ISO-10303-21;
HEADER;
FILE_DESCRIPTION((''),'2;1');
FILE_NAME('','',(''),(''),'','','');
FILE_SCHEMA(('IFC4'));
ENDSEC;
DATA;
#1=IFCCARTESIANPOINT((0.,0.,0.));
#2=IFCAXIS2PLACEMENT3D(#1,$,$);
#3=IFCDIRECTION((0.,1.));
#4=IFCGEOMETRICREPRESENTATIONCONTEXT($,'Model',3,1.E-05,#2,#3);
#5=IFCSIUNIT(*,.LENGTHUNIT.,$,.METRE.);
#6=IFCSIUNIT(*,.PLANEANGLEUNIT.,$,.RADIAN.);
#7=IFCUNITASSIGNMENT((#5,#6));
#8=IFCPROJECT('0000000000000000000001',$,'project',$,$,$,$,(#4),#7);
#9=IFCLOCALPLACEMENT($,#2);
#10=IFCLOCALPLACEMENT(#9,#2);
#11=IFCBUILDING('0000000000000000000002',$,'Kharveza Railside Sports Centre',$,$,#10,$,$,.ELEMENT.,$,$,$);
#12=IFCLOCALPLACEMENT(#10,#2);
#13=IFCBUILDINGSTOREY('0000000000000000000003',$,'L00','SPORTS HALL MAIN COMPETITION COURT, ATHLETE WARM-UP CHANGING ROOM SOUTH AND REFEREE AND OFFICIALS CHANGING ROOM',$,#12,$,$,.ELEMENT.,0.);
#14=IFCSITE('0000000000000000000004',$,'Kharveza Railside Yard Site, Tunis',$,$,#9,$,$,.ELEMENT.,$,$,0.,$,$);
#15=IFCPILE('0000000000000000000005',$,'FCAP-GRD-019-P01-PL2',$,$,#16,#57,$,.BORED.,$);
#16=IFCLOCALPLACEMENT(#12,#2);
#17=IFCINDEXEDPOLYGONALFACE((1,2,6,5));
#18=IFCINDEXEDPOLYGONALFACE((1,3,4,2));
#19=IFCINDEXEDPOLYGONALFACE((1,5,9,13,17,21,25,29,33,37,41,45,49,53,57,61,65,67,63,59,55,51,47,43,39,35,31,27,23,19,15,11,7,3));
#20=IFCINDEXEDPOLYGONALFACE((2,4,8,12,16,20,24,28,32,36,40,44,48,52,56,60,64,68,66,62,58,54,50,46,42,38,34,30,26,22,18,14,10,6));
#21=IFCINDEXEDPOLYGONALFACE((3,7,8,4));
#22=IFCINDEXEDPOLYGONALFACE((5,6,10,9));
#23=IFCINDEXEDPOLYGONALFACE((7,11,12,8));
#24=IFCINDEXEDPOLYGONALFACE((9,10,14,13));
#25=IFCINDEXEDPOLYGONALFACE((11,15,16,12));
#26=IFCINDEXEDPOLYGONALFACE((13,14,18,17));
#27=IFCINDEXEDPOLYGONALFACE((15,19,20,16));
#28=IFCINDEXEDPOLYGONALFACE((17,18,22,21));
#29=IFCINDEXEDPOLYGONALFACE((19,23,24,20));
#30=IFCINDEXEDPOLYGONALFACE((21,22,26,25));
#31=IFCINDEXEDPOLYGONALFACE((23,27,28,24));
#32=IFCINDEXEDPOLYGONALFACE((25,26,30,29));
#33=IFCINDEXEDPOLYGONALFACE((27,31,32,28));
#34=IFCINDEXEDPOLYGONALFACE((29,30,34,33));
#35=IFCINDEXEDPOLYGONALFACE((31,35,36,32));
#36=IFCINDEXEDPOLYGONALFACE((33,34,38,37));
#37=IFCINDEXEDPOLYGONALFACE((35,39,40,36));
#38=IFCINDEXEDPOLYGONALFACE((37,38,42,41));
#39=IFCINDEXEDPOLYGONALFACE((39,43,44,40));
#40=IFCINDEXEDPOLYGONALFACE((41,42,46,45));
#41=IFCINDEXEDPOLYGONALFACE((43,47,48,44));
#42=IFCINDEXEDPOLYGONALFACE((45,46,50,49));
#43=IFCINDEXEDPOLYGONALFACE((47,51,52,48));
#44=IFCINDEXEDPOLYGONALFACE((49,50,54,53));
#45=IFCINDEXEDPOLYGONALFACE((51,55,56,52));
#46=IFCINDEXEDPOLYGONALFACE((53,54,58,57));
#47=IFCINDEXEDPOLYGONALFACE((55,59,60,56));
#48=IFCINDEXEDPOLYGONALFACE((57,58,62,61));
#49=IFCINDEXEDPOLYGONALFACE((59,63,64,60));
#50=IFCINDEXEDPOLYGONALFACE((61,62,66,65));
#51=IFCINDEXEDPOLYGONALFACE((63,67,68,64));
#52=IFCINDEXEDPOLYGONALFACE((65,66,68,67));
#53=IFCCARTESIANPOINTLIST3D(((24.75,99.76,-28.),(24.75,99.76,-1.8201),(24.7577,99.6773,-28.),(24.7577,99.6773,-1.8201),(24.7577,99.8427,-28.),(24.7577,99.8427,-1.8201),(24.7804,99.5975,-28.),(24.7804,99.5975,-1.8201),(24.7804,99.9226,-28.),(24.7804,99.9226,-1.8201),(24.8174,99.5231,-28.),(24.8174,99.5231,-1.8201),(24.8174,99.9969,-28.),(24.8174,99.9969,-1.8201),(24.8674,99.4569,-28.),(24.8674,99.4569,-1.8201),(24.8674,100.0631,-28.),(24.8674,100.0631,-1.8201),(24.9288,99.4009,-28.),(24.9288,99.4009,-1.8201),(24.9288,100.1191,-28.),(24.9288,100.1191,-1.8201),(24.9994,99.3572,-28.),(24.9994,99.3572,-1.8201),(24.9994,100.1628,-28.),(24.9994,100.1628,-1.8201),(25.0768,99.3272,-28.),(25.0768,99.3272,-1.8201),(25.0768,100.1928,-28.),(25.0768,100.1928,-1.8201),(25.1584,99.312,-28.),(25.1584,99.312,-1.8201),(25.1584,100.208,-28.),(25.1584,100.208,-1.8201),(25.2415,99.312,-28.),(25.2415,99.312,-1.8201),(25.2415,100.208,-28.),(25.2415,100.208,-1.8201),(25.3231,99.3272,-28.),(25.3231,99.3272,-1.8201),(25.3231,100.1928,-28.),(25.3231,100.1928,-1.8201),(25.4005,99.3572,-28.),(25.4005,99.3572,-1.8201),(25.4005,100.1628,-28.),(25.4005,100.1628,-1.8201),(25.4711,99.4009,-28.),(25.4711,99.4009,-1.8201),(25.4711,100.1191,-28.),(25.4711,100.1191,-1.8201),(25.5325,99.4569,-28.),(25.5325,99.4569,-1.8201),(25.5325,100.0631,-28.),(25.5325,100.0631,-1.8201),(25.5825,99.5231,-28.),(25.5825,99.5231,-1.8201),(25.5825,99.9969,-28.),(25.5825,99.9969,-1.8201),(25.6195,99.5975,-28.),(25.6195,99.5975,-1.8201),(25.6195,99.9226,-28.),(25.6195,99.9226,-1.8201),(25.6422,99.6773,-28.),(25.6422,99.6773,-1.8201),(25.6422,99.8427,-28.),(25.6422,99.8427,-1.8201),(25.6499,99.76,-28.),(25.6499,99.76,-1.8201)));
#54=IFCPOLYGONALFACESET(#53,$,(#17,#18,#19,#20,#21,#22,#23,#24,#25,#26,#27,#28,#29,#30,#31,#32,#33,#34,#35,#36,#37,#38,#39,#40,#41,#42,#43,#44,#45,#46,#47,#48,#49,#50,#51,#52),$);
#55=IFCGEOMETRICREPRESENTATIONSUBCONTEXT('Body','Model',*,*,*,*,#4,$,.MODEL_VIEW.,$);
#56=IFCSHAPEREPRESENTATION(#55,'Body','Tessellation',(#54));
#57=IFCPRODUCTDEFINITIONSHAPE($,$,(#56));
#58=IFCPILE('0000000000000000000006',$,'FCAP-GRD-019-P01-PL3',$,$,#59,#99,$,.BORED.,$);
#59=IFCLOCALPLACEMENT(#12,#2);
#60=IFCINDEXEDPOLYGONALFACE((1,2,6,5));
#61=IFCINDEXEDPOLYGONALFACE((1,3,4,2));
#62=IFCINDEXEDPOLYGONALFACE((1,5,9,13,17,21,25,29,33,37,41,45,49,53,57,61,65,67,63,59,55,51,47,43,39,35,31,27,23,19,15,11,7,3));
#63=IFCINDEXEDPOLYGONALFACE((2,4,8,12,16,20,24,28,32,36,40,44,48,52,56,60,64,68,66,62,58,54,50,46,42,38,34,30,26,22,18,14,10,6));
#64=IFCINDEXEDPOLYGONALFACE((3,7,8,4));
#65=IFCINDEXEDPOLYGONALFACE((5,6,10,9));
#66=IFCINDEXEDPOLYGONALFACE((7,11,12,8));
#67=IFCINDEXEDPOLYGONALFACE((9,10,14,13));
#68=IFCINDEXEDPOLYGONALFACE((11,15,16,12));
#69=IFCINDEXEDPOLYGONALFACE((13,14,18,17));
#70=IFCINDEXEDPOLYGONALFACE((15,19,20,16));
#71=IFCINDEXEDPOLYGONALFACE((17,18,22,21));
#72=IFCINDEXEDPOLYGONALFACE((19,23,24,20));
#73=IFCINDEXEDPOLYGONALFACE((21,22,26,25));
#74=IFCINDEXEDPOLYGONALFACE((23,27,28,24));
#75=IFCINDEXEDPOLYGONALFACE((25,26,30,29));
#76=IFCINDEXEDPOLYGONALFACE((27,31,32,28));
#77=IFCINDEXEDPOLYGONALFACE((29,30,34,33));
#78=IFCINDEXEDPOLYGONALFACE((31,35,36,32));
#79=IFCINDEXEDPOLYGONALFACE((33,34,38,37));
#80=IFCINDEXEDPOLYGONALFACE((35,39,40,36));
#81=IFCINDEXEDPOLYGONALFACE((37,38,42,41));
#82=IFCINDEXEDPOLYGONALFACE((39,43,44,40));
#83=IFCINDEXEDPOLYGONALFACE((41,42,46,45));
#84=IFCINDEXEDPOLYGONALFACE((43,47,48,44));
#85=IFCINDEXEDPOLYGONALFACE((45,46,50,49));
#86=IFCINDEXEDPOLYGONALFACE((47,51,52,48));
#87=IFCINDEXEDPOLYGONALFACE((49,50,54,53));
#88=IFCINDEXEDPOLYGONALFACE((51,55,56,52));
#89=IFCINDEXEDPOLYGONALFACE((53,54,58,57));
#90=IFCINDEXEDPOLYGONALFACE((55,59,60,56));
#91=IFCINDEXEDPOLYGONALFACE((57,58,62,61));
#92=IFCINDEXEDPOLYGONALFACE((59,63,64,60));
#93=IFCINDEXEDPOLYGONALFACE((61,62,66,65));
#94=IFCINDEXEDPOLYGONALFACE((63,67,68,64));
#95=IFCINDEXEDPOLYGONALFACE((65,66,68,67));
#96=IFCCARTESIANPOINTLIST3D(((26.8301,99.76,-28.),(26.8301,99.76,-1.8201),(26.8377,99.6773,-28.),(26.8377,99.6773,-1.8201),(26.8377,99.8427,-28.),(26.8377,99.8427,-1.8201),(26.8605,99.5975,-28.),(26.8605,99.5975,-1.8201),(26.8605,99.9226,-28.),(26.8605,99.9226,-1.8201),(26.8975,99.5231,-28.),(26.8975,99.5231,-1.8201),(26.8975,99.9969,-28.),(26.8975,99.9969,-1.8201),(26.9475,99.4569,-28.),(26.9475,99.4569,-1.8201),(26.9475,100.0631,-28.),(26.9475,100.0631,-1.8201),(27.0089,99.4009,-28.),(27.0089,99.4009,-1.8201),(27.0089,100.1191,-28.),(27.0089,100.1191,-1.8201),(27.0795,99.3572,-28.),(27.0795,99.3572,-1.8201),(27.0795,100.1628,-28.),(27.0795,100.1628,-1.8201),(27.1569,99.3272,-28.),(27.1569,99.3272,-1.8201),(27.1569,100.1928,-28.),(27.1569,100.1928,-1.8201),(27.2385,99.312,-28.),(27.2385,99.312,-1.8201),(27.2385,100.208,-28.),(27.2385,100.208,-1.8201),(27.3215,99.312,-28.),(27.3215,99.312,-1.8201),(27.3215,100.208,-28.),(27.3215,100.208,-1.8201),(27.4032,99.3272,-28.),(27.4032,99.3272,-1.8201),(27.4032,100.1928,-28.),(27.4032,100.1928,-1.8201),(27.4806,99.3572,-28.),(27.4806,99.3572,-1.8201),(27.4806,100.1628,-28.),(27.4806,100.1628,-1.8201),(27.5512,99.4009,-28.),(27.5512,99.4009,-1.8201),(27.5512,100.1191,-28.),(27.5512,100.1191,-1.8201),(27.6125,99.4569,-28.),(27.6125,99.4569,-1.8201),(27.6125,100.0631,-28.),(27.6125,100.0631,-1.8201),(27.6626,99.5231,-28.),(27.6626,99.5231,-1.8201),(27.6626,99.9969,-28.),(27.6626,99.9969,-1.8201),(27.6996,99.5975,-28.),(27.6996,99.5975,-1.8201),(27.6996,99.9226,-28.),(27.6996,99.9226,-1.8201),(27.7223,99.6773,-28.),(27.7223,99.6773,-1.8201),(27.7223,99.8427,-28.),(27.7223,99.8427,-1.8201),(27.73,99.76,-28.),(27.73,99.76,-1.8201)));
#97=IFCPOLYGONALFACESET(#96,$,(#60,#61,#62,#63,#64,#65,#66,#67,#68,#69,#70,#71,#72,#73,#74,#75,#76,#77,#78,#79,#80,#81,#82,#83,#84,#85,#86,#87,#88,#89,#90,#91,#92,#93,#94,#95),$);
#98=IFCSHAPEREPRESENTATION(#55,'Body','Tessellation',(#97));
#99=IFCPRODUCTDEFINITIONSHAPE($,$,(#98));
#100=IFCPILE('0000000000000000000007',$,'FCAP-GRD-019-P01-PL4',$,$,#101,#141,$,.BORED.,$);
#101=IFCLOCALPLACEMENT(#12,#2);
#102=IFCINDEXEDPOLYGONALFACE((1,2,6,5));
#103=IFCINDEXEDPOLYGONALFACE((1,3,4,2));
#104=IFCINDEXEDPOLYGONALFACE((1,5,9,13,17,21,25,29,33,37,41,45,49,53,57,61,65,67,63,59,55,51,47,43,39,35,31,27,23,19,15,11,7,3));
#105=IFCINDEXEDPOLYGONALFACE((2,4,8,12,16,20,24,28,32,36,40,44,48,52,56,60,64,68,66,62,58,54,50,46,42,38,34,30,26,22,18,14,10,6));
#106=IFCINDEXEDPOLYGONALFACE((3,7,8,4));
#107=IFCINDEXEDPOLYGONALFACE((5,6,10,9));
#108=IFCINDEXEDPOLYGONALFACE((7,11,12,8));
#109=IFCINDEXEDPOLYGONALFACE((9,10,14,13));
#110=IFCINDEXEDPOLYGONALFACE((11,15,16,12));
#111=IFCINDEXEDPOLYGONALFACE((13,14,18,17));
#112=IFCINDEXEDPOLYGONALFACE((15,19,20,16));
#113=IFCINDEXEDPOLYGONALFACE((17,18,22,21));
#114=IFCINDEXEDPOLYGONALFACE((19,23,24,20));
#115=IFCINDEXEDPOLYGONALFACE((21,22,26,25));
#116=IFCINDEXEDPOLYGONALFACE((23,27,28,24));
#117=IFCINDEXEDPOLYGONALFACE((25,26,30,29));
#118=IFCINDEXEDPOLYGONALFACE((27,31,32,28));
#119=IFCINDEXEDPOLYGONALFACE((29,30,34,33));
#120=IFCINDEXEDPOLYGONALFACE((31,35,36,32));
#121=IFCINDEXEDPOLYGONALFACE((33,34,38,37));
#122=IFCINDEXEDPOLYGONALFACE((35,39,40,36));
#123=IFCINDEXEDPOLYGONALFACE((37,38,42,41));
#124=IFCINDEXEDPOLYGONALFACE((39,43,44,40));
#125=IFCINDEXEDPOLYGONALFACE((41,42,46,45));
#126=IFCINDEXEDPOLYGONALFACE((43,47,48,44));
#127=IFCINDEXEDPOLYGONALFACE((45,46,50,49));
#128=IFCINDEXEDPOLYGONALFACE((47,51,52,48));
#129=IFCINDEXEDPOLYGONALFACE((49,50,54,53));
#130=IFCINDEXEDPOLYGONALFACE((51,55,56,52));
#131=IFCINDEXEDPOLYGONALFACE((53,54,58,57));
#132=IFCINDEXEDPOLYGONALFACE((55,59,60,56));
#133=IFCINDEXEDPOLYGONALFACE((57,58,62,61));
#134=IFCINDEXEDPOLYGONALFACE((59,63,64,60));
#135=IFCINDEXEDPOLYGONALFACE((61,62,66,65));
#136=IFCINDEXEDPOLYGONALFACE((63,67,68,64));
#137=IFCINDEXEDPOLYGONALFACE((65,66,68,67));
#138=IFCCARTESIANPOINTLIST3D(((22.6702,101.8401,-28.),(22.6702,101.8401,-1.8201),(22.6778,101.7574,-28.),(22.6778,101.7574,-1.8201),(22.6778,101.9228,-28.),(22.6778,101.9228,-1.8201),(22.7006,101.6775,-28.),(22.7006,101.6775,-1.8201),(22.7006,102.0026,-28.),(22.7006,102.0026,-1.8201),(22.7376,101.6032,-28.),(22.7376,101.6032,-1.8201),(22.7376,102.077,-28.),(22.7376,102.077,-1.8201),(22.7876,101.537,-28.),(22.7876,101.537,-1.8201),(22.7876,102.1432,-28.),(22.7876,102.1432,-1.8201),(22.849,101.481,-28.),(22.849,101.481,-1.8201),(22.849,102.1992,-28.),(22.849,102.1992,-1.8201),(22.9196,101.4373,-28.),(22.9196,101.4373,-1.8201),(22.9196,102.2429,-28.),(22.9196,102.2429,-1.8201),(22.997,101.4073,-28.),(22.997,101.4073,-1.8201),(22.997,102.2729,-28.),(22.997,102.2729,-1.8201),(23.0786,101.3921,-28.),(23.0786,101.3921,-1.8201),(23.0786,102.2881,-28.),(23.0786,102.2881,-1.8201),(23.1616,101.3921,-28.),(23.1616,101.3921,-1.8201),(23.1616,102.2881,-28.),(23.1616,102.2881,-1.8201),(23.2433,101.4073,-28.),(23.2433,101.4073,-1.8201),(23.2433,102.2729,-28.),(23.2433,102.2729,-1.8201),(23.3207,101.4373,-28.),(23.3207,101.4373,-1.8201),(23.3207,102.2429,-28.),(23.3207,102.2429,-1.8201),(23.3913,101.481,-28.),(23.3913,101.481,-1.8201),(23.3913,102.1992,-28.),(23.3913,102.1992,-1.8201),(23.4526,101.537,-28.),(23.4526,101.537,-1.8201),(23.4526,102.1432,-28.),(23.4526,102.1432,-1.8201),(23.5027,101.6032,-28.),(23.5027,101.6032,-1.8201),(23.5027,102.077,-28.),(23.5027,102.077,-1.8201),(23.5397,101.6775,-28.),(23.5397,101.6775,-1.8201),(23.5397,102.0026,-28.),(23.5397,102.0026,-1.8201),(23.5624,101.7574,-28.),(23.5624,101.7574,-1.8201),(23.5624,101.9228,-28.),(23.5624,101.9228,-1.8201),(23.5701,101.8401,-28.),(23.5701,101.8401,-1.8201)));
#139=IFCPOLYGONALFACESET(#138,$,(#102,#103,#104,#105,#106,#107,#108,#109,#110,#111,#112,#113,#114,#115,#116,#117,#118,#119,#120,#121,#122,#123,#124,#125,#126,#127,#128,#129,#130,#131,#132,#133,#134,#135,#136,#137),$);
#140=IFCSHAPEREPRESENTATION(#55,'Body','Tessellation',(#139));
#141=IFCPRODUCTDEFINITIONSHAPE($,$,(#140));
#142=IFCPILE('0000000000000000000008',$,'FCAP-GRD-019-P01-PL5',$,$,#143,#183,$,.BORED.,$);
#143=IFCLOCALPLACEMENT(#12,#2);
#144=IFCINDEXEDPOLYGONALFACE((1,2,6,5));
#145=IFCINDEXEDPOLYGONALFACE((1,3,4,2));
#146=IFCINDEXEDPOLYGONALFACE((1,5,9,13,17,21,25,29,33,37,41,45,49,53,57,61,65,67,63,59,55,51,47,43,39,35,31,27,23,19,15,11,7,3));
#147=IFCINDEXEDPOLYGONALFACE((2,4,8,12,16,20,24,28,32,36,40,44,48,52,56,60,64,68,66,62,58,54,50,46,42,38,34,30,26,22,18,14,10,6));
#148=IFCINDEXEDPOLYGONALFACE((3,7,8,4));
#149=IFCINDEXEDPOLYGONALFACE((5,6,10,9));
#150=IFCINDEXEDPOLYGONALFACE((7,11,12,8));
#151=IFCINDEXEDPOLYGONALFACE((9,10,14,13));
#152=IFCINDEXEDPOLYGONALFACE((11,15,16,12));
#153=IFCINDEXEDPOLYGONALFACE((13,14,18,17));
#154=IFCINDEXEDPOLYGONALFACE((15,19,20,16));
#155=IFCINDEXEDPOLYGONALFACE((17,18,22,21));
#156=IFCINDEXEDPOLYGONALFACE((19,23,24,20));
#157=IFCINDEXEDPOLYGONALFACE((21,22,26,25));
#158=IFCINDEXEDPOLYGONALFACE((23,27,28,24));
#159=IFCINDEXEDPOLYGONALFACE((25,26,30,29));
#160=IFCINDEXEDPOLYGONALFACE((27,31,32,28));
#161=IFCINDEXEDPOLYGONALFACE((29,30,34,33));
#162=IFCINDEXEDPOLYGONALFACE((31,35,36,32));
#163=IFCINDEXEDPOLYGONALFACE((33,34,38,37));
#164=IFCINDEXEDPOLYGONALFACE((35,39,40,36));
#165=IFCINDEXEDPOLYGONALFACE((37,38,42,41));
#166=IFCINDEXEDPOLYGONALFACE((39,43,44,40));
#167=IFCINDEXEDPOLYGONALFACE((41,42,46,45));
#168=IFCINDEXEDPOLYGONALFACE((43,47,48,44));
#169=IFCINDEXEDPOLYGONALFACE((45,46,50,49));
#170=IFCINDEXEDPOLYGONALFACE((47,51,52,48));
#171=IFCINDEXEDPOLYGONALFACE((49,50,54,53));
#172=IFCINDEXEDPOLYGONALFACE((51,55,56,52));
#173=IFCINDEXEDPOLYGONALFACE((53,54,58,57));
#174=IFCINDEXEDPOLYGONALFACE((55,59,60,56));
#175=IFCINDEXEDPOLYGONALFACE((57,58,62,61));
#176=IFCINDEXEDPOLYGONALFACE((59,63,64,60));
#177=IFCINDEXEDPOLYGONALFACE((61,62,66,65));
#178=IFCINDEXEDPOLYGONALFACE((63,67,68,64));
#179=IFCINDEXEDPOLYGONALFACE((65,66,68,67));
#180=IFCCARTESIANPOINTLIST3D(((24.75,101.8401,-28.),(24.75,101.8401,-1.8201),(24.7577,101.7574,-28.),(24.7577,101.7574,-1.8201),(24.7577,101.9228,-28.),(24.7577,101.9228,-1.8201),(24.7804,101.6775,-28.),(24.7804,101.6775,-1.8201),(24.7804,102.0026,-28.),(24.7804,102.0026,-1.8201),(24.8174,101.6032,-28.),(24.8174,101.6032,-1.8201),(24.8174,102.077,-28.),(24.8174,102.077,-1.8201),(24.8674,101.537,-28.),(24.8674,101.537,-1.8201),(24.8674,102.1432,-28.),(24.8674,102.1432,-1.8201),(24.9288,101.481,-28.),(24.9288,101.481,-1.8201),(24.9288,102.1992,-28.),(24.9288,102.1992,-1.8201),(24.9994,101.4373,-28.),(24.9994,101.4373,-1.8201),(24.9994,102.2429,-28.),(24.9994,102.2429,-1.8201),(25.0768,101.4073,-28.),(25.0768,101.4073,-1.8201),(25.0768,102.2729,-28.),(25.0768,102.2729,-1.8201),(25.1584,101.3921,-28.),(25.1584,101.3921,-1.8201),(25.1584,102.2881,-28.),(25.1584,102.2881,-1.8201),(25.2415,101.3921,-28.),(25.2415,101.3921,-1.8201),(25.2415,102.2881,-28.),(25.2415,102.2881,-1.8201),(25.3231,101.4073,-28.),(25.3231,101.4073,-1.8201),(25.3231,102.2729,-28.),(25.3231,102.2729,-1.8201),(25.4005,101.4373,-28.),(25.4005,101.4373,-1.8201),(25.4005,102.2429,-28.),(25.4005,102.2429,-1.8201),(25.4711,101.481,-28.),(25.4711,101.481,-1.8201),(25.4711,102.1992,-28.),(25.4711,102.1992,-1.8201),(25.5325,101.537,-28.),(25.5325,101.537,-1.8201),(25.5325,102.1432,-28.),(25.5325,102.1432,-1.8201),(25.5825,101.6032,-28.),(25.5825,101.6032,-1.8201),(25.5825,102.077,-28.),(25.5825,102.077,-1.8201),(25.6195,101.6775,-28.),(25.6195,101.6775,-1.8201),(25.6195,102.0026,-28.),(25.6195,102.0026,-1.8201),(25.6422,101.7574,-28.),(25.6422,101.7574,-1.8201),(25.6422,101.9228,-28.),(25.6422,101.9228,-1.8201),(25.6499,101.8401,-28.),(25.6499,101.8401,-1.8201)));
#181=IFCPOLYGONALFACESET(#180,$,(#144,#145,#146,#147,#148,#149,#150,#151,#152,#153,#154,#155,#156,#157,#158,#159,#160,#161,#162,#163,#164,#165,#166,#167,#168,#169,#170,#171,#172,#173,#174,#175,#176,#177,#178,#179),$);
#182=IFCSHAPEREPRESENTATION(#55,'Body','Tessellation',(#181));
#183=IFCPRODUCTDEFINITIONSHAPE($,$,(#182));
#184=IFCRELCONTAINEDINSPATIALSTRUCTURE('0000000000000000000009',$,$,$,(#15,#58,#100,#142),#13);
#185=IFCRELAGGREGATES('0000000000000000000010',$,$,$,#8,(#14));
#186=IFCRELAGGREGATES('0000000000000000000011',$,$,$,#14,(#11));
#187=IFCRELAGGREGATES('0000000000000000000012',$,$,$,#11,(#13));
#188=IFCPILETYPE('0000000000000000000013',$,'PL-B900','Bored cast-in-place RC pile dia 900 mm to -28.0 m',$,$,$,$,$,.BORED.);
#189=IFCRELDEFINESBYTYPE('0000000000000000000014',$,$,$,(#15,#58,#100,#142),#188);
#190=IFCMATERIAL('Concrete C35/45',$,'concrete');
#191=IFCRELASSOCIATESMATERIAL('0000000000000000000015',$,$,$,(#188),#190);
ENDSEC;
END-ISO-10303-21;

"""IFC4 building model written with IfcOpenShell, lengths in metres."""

from ifc_helpers import new_model, si_unit, direction, frame, origin, origin_2d, place, context, subcontext, project, spatial, circle, extrude, material, material_profile, profile_set, type_object, element, save


model = new_model("IFC4")

# Units and contexts
model_context = context("Model", 3, precision=1e-05, world=origin(), true_north=direction((0.0, 1.0)))
body_context = subcontext(model_context, "Body", "Model", "MODEL_VIEW")
ifc_project = project(units=[si_unit("LENGTHUNIT", "METRE"), si_unit("PLANEANGLEUNIT", "RADIAN")], contexts=[model_context])

# Site, building, storey
site_placement = place(None, origin())
site = spatial("IfcSite", under=ifc_project, at=site_placement, Name="Kharveza Railside Yard Site, Tunis", CompositionType="ELEMENT", RefElevation=0.0)
building_placement = place(site_placement, origin())
building = spatial("IfcBuilding", under=site, at=building_placement, Name="Kharveza Railside Sports Centre", CompositionType="ELEMENT")
storey_placement = place(building_placement, origin())
storey = spatial("IfcBuildingStorey", under=building, at=storey_placement, Name="L00", Description="SPORTS HALL MAIN COMPETITION COURT, ATHLETE WARM-UP CHANGING ROOM SOUTH AND REFEREE AND OFFICIALS CHANGING ROOM", CompositionType="ELEMENT", Elevation=0.0)

# Shared definitions
ifc_material_1 = material(Name="Concrete C35/45", Category="concrete")

# Piles
ifc_material_profile_1 = material_profile(ifc_material_1, circle(Radius=0.45, at=origin_2d()), Name="PILE D900")
ifc_profile_set_1 = profile_set([ifc_material_profile_1], Name="Concrete C35/45")
pile_type_1 = type_object("IfcPileType", Name="PL-B900", Description="Bored cast-in-place RC pile dia 900 mm to -28.0 m", PredefinedType="BORED", material=ifc_profile_set_1)
for number, where, z_axis, x_axis, name in (
    (1, (25.2, 99.76, -1.8201), (0.0, 0.0, -1.0), (1.0, 0.0, 0.0), "FCAP-GRD-019-P01-PL2"),
    (2, (27.28, 99.76, -1.8201), (0.0, 0.0, -1.0), (1.0, 0.0, 0.0), "FCAP-GRD-019-P01-PL3"),
    (3, (23.1201, 101.8401, -1.8201), (0.0, 0.0, -1.0), (1.0, 0.0, 0.0), "FCAP-GRD-019-P01-PL4"),
    (4, (25.2, 101.8401, -1.8201), (0.0, 0.0, -1.0), (1.0, 0.0, 0.0), "FCAP-GRD-019-P01-PL5"),
):
    element("IfcPile", number, at=place(storey_placement, frame(where, z_axis=z_axis, x_axis=x_axis)), inside=storey, type_object=pile_type_1, Name=name, PredefinedType="BORED", context=body_context, shape_type="SweptSolid", body=[
        extrude(circle(Radius=0.45, at=origin_2d()), origin(), (0.0, 0.0, 1.0), 26.1799),
    ])

save(model, "model.ifc")
